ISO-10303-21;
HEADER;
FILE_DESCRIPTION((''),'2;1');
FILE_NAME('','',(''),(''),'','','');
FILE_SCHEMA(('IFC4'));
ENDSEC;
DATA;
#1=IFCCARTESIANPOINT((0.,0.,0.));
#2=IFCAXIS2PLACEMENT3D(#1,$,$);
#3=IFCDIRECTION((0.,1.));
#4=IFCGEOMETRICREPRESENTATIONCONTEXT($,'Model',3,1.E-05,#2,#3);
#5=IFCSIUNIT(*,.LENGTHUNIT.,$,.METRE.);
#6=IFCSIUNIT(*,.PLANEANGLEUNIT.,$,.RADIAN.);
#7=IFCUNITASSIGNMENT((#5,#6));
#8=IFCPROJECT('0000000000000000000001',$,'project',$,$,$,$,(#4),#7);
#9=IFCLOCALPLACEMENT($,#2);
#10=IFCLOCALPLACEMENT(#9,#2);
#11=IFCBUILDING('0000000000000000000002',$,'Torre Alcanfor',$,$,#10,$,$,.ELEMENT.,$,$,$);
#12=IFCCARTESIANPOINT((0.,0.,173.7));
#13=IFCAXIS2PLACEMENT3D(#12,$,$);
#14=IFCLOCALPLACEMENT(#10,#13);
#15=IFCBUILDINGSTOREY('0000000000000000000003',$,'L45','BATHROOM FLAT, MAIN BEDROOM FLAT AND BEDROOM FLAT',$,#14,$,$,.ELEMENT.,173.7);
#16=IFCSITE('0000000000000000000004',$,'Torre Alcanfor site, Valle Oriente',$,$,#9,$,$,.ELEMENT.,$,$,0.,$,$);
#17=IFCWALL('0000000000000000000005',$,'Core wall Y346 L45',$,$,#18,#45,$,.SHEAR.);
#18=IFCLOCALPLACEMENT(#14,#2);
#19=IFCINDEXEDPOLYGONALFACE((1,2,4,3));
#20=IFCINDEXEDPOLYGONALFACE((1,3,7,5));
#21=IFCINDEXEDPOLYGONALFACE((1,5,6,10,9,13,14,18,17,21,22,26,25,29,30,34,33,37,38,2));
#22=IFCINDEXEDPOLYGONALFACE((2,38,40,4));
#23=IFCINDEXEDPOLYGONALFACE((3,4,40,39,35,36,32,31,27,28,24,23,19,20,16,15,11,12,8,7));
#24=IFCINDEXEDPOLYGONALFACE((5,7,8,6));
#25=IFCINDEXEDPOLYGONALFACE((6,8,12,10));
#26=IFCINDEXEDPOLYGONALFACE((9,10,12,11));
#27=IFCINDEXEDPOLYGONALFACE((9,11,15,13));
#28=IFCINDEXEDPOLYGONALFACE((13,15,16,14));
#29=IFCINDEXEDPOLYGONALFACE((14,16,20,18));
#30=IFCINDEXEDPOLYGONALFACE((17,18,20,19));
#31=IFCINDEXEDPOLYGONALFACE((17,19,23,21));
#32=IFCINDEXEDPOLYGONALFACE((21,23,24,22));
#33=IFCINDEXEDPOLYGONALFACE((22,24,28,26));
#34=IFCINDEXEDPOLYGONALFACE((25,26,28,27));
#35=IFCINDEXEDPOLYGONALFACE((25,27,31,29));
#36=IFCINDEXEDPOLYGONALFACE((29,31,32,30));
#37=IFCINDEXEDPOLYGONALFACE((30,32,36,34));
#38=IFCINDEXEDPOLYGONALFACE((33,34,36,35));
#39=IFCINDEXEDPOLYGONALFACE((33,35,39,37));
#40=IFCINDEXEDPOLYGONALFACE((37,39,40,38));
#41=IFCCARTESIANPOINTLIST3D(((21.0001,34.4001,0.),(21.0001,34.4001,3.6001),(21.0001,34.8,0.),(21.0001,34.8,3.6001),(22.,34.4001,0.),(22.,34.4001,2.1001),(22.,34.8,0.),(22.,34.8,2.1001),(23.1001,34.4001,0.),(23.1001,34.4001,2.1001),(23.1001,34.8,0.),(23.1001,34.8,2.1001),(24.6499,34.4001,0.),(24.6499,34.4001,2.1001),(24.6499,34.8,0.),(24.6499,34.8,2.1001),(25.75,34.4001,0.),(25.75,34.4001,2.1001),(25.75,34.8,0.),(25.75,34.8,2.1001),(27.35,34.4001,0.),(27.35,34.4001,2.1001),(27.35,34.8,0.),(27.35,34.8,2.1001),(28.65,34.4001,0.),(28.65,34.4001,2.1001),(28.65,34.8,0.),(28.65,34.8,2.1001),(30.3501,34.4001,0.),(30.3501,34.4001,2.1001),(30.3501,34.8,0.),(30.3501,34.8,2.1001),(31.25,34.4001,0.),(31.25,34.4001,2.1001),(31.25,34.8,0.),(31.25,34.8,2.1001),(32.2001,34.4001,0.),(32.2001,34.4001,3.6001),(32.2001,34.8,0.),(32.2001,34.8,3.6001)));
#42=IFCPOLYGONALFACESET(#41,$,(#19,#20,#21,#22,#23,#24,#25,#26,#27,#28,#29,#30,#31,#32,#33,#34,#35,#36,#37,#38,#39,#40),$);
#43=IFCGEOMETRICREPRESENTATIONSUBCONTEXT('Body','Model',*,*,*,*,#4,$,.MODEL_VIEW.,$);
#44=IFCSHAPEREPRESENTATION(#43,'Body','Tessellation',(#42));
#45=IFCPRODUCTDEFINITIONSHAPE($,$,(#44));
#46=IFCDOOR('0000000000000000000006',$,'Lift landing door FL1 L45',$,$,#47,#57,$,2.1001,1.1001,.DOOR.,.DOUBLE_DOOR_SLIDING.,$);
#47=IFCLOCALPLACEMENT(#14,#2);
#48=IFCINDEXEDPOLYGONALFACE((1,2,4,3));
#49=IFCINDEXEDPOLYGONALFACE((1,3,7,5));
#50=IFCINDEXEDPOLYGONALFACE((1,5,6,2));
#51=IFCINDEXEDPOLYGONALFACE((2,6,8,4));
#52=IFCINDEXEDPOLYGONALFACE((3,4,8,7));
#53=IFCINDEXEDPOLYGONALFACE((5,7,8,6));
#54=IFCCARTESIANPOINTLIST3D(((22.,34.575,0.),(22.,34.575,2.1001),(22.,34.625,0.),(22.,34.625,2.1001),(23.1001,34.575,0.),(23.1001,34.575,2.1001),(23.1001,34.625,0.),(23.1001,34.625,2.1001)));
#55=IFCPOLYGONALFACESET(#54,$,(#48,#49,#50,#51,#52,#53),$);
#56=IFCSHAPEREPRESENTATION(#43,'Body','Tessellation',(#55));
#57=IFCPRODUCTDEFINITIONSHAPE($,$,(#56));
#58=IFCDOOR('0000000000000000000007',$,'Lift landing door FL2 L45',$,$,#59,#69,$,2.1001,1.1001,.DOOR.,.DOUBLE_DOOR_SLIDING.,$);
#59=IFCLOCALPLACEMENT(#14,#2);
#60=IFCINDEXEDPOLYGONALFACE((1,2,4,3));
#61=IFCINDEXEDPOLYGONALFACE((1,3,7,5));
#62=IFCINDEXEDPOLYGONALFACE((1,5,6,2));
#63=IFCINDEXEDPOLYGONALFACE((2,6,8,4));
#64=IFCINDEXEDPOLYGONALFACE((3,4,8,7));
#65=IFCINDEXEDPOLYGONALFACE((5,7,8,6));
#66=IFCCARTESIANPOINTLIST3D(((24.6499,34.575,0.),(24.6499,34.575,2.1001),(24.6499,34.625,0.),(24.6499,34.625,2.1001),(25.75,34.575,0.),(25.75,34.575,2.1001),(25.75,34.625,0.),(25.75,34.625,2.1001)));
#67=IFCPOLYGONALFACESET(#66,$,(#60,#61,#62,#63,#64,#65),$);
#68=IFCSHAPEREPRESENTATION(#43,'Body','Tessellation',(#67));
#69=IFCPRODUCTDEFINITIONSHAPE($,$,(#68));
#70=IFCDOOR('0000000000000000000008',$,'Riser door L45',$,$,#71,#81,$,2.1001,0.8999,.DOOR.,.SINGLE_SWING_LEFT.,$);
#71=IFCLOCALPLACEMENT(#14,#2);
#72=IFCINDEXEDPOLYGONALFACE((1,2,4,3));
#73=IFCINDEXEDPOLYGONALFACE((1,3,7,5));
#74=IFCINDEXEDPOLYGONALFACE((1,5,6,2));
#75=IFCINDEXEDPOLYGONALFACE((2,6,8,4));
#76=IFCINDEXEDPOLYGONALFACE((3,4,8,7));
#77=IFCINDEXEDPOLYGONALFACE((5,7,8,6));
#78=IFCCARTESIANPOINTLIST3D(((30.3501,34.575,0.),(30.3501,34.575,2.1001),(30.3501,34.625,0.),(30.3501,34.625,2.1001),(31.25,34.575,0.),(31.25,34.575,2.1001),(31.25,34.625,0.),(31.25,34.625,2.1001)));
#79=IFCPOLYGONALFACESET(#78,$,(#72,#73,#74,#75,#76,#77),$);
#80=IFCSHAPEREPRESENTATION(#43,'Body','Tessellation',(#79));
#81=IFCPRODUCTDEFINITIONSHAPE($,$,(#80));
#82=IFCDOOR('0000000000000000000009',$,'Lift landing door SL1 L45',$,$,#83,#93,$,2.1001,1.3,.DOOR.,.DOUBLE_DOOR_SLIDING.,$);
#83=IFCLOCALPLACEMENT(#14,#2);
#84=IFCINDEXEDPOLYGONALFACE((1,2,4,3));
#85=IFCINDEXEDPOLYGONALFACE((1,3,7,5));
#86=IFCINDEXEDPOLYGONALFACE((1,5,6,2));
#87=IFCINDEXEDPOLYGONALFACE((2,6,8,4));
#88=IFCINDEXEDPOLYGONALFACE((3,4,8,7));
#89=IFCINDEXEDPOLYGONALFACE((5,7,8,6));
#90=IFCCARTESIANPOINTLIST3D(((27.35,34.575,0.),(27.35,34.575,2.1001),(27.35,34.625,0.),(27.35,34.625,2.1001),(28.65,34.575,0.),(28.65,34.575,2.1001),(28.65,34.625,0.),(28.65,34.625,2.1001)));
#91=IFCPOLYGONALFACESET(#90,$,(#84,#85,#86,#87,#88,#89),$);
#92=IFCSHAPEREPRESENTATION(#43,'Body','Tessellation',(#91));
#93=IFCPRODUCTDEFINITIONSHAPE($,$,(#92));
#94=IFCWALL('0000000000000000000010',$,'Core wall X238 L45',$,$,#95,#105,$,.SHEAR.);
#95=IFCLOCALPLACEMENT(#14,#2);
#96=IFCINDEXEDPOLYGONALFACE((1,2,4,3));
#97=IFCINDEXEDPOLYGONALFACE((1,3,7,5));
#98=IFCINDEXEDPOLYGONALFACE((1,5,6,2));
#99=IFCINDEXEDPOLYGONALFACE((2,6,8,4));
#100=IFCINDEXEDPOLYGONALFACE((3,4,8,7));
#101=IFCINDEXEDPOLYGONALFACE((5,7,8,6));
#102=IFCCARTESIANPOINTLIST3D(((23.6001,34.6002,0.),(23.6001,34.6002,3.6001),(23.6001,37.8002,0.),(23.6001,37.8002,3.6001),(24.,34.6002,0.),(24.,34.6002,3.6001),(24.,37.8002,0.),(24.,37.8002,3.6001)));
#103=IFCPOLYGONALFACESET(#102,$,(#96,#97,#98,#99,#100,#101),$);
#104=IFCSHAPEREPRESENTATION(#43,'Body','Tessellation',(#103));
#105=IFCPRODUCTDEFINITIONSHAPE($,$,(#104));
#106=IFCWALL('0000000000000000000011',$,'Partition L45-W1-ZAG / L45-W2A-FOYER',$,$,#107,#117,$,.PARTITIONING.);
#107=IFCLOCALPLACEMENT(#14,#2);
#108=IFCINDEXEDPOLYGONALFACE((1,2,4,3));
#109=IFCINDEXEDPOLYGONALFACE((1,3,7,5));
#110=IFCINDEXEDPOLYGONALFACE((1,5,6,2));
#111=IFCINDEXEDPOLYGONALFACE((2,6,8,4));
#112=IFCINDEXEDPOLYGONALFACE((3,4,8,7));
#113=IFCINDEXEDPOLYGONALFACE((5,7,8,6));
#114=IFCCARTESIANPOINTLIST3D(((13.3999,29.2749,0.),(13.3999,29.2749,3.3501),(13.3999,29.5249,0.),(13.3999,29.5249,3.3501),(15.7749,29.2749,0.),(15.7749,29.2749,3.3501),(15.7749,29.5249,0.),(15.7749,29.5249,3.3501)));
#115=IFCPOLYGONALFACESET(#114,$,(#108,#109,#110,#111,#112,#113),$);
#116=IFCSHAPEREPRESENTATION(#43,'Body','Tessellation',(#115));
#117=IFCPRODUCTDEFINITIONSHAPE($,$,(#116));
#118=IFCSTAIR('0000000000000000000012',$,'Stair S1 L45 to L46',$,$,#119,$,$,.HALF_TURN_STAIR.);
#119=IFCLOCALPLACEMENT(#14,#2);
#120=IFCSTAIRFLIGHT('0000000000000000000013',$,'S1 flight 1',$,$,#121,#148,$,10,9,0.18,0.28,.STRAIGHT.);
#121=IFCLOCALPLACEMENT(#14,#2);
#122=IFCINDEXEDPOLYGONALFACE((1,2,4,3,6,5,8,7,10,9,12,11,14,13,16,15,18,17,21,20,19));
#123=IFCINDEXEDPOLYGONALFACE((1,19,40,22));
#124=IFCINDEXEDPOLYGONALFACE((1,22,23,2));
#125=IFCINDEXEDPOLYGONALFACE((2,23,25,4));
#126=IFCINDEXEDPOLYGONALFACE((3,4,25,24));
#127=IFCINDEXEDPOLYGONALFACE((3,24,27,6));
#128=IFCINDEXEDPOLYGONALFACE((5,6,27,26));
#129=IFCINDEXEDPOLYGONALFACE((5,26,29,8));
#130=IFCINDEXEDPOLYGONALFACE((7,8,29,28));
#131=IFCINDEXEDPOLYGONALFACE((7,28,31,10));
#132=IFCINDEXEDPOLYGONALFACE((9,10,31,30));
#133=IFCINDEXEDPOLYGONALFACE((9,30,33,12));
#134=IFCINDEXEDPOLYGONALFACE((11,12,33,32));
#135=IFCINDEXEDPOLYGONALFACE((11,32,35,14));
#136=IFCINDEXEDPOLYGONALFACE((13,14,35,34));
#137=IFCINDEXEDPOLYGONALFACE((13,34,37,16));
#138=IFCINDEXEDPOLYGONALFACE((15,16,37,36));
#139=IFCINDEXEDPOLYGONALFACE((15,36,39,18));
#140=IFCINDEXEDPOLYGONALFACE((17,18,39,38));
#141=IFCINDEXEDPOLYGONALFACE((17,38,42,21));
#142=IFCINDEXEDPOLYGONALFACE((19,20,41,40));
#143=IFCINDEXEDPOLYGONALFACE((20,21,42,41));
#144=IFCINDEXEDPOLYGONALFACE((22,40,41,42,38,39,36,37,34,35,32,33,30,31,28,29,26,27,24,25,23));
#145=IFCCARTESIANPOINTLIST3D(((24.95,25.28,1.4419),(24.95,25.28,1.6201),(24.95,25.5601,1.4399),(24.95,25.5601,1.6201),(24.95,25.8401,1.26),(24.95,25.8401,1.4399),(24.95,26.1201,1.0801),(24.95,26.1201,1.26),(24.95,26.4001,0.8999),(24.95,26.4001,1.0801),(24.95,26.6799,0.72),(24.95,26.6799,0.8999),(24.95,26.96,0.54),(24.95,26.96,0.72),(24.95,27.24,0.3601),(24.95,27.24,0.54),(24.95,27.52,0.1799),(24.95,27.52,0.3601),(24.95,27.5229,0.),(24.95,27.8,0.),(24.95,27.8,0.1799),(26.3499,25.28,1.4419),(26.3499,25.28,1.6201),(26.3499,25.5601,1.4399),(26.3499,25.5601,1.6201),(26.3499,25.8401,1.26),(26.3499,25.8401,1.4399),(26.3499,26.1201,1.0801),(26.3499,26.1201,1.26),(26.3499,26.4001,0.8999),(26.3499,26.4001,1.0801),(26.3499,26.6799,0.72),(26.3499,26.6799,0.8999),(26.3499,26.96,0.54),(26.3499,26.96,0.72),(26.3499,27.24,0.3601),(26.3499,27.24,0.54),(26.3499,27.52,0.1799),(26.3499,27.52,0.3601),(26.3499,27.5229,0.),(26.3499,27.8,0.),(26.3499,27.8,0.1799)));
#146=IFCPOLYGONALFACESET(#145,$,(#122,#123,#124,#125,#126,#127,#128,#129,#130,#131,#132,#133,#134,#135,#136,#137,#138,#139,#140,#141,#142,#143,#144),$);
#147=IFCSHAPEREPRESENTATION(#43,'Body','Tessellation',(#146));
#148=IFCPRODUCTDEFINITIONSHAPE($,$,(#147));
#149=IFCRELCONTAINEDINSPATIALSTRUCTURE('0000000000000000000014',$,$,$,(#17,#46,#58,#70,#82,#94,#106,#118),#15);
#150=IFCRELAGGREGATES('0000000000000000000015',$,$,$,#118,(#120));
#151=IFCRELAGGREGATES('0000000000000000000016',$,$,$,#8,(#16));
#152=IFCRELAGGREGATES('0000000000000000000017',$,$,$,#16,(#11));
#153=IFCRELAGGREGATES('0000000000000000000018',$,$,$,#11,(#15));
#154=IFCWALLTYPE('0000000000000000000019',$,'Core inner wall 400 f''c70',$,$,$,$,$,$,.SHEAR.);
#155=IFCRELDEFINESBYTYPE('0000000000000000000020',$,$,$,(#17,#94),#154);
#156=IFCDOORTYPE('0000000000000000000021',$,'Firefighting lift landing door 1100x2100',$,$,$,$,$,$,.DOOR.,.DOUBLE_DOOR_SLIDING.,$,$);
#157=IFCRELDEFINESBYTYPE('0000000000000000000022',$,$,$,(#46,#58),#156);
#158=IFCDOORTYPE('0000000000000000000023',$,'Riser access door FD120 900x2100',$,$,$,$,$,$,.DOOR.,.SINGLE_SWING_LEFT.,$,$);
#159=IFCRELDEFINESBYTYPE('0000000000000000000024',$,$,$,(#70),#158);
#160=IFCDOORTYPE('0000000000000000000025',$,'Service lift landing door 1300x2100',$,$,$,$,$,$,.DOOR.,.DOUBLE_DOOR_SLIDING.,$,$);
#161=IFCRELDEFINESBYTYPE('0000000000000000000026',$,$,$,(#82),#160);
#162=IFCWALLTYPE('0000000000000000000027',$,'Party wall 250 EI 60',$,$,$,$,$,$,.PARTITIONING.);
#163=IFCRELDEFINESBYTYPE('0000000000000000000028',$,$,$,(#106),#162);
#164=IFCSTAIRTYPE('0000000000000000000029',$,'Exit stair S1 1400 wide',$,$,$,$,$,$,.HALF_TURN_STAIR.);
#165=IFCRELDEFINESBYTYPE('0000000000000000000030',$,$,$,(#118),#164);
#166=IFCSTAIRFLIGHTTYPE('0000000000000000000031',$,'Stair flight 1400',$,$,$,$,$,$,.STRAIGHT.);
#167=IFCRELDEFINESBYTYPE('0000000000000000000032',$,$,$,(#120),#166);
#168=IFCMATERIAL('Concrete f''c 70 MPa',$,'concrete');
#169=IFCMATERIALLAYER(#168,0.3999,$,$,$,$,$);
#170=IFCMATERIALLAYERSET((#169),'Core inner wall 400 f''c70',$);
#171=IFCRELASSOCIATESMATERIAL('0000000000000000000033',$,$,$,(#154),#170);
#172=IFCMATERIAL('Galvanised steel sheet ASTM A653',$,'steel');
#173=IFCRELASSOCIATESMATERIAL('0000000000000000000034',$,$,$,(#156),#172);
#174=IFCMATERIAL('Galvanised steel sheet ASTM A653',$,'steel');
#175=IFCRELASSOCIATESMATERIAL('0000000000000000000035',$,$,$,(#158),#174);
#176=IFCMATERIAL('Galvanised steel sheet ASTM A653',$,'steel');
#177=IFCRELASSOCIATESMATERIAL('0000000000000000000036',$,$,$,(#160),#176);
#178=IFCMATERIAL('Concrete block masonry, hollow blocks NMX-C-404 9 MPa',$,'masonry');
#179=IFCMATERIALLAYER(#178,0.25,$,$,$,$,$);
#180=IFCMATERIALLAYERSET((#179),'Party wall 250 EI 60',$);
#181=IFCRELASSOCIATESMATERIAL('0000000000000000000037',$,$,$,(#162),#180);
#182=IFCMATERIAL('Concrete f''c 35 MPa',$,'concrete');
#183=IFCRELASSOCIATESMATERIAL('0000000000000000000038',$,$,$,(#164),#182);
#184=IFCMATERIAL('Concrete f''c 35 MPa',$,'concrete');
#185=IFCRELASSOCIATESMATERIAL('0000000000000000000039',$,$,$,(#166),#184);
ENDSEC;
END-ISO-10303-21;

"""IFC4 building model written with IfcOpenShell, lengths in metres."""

from ifc_helpers import new_model, si_unit, direction, frame, frame_2d, origin, place, context, subcontext, project, spatial, polyline, rectangle, outline, extrude, material, layer, layer_set, type_object, element, fill, aggregate, save


model = new_model("IFC4")

# Units and contexts
model_context = context("Model", 3, precision=1e-05, world=origin(), true_north=direction((0.0, 1.0)))
body_context = subcontext(model_context, "Body", "Model", "MODEL_VIEW")
ifc_project = project(units=[si_unit("LENGTHUNIT", "METRE"), si_unit("PLANEANGLEUNIT", "RADIAN")], contexts=[model_context])

# Site, building, storey
site_placement = place(None, origin())
site = spatial("IfcSite", under=ifc_project, at=site_placement, Name="Torre Alcanfor site, Valle Oriente", CompositionType="ELEMENT", RefElevation=0.0)
building_placement = place(site_placement, origin())
building = spatial("IfcBuilding", under=site, at=building_placement, Name="Torre Alcanfor", CompositionType="ELEMENT")
storey_placement = place(building_placement, frame((0.0, 0.0, 173.7)))
storey = spatial("IfcBuildingStorey", under=building, at=storey_placement, Name="L45", Description="BATHROOM FLAT, MAIN BEDROOM FLAT AND BEDROOM FLAT", CompositionType="ELEMENT", Elevation=173.7)

# Shared definitions
ifc_material_1 = material(Name="Concrete f'c 70 MPa", Category="concrete")
ifc_layer_1 = layer(ifc_material_1, 0.3999)
ifc_layer_set_1 = layer_set([ifc_layer_1], Name="Core inner wall 400 f'c70")
wall_type_1 = type_object("IfcWallType", Name="Core inner wall 400 f'c70", PredefinedType="SHEAR", material=ifc_layer_set_1)

# Wall, openings, doors
wall_1_placement = place(storey_placement, frame((21.0, 34.6001, 0.0), z_axis=(0.0, 0.0, 1.0), x_axis=(1.0, 0.0, 0.0)))
wall_1 = element("IfcWall", 1, at=wall_1_placement, inside=storey, type_object=wall_type_1, Name="Core wall Y346 L45", PredefinedType="SHEAR", context=body_context, shape_type="SweptSolid", body=[
    extrude(rectangle(XDim=11.2, YDim=0.3999, at=frame_2d((5.6001, 0.0))), origin(), (0.0, 0.0, 1.0), 3.6001),
])
opening_1_placement = place(wall_1_placement, frame((9.3501, 0.0, 0.0)))
opening_1 = element("IfcOpeningElement", 2, at=opening_1_placement, cuts=wall_1, PredefinedType="OPENING", context=body_context, shape_type="SweptSolid", body=[
    extrude(rectangle(XDim=0.8999, YDim=2.1001, at=frame_2d((0.45, 1.05))), frame((0.0, 0.21, 0.0), z_axis=(0.0, -1.0, 0.0), x_axis=(1.0, 0.0, 0.0)), (0.0, 0.0, 1.0), 0.4199),
])
opening_2_placement = place(wall_1_placement, frame((1.0, 0.0, 0.0)))
opening_2 = element("IfcOpeningElement", 3, at=opening_2_placement, cuts=wall_1, PredefinedType="OPENING", context=body_context, shape_type="SweptSolid", body=[
    extrude(rectangle(XDim=1.1001, YDim=2.1001, at=frame_2d((0.55, 1.05))), frame((0.0, 0.21, 0.0), z_axis=(0.0, -1.0, 0.0), x_axis=(1.0, 0.0, 0.0)), (0.0, 0.0, 1.0), 0.4199),
])
opening_3_placement = place(wall_1_placement, frame((3.6499, 0.0, 0.0)))
opening_3 = element("IfcOpeningElement", 4, at=opening_3_placement, cuts=wall_1, PredefinedType="OPENING", context=body_context, shape_type="SweptSolid", body=[
    extrude(rectangle(XDim=1.1001, YDim=2.1001, at=frame_2d((0.55, 1.05))), frame((0.0, 0.21, 0.0), z_axis=(0.0, -1.0, 0.0), x_axis=(1.0, 0.0, 0.0)), (0.0, 0.0, 1.0), 0.4199),
])
opening_4_placement = place(wall_1_placement, frame((6.3501, 0.0, 0.0)))
opening_4 = element("IfcOpeningElement", 5, at=opening_4_placement, cuts=wall_1, PredefinedType="OPENING", context=body_context, shape_type="SweptSolid", body=[
    extrude(rectangle(XDim=1.3, YDim=2.1001, at=frame_2d((0.6499, 1.05))), frame((0.0, 0.21, 0.0), z_axis=(0.0, -1.0, 0.0), x_axis=(1.0, 0.0, 0.0)), (0.0, 0.0, 1.0), 0.4199),
])
ifc_material_2 = material(Name="Galvanised steel sheet ASTM A653", Category="steel")
door_type_1 = type_object("IfcDoorType", Name="Firefighting lift landing door 1100x2100", OperationType="DOUBLE_DOOR_SLIDING", PredefinedType="DOOR", material=ifc_material_2)
door_1_placement = place(opening_2_placement, origin())
door_1 = element("IfcDoor", 6, at=door_1_placement, inside=storey, type_object=door_type_1, Name="Lift landing door FL1 L45", OperationType="DOUBLE_DOOR_SLIDING", OverallHeight=2.1001, OverallWidth=1.1001, PredefinedType="DOOR", context=body_context, shape_type="SweptSolid", body=[
    extrude(rectangle(XDim=1.1001, YDim=2.1001, at=frame_2d((0.55, 1.05))), frame((0.0, 0.0249, 0.0), z_axis=(0.0, -1.0, 0.0), x_axis=(1.0, 0.0, 0.0)), (0.0, 0.0, 1.0), 0.05),
])
fill(opening_2, door_1)
door_2_placement = place(opening_3_placement, origin())
door_2 = element("IfcDoor", 7, at=door_2_placement, inside=storey, type_object=door_type_1, Name="Lift landing door FL2 L45", OperationType="DOUBLE_DOOR_SLIDING", OverallHeight=2.1001, OverallWidth=1.1001, PredefinedType="DOOR", context=body_context, shape_type="SweptSolid", body=[
    extrude(rectangle(XDim=1.1001, YDim=2.1001, at=frame_2d((0.55, 1.05))), frame((0.0, 0.0249, 0.0), z_axis=(0.0, -1.0, 0.0), x_axis=(1.0, 0.0, 0.0)), (0.0, 0.0, 1.0), 0.05),
])
fill(opening_3, door_2)
ifc_material_3 = material(Name="Galvanised steel sheet ASTM A653", Category="steel")
door_type_2 = type_object("IfcDoorType", Name="Riser access door FD120 900x2100", OperationType="SINGLE_SWING_LEFT", PredefinedType="DOOR", material=ifc_material_3)
door_3_placement = place(opening_1_placement, origin())
door_3 = element("IfcDoor", 8, at=door_3_placement, inside=storey, type_object=door_type_2, Name="Riser door L45", OperationType="SINGLE_SWING_LEFT", OverallHeight=2.1001, OverallWidth=0.8999, PredefinedType="DOOR", context=body_context, shape_type="SweptSolid", body=[
    extrude(rectangle(XDim=0.8999, YDim=2.1001, at=frame_2d((0.45, 1.05))), frame((0.0, 0.0249, 0.0), z_axis=(0.0, -1.0, 0.0), x_axis=(1.0, 0.0, 0.0)), (0.0, 0.0, 1.0), 0.05),
])
fill(opening_1, door_3)
ifc_material_4 = material(Name="Galvanised steel sheet ASTM A653", Category="steel")
door_type_3 = type_object("IfcDoorType", Name="Service lift landing door 1300x2100", OperationType="DOUBLE_DOOR_SLIDING", PredefinedType="DOOR", material=ifc_material_4)
door_4_placement = place(opening_4_placement, origin())
door_4 = element("IfcDoor", 9, at=door_4_placement, inside=storey, type_object=door_type_3, Name="Lift landing door SL1 L45", OperationType="DOUBLE_DOOR_SLIDING", OverallHeight=2.1001, OverallWidth=1.3, PredefinedType="DOOR", context=body_context, shape_type="SweptSolid", body=[
    extrude(rectangle(XDim=1.3, YDim=2.1001, at=frame_2d((0.6499, 1.05))), frame((0.0, 0.0249, 0.0), z_axis=(0.0, -1.0, 0.0), x_axis=(1.0, 0.0, 0.0)), (0.0, 0.0, 1.0), 0.05),
])
fill(opening_4, door_4)

# Walls
wall_2_placement = place(storey_placement, frame((23.8, 34.6001, 0.0), z_axis=(0.0, 0.0, 1.0), x_axis=(0.0, 1.0, 0.0)))
element("IfcWall", 10, at=wall_2_placement, inside=storey, type_object=wall_type_1, Name="Core wall X238 L45", PredefinedType="SHEAR", context=body_context, shape_type="SweptSolid", body=[
    extrude(rectangle(XDim=3.2, YDim=0.3999, at=frame_2d((1.6001, 0.0))), origin(), (0.0, 0.0, 1.0), 3.6001),
])
ifc_material_5 = material(Name="Concrete block masonry, hollow blocks NMX-C-404 9 MPa", Category="masonry")
ifc_layer_2 = layer(ifc_material_5, 0.25)
ifc_layer_set_2 = layer_set([ifc_layer_2], Name="Party wall 250 EI 60")
wall_type_2 = type_object("IfcWallType", Name="Party wall 250 EI 60", PredefinedType="PARTITIONING", material=ifc_layer_set_2)
wall_3_placement = place(storey_placement, frame((15.7749, 29.3999, 0.0), z_axis=(0.0, 0.0, 1.0), x_axis=(-1.0, 0.0, 0.0)))
element("IfcWall", 11, at=wall_3_placement, inside=storey, type_object=wall_type_2, Name="Partition L45-W1-ZAG / L45-W2A-FOYER", PredefinedType="PARTITIONING", context=body_context, shape_type="SweptSolid", body=[
    extrude(rectangle(XDim=2.375, YDim=0.25, at=frame_2d((1.1875, 0.0))), origin(), (0.0, 0.0, 1.0), 3.3501),
])

# Stair, stair flight
ifc_material_6 = material(Name="Concrete f'c 35 MPa", Category="concrete")
stair_type = type_object("IfcStairType", Name="Exit stair S1 1400 wide", PredefinedType="HALF_TURN_STAIR", material=ifc_material_6)
stair_placement = place(storey_placement, origin())
stair = element("IfcStair", 12, at=stair_placement, inside=storey, type_object=stair_type, Name="Stair S1 L45 to L46", PredefinedType="HALF_TURN_STAIR")
ifc_material_7 = material(Name="Concrete f'c 35 MPa", Category="concrete")
stair_flight_type = type_object("IfcStairFlightType", Name="Stair flight 1400", PredefinedType="STRAIGHT", material=ifc_material_7)
stair_flight_placement = place(storey_placement, frame((25.6499, 27.8, 0.0), z_axis=(0.0, 0.0, 1.0), x_axis=(0.0, -1.0, 0.0)))
stair_flight = element("IfcStairFlight", 13, at=stair_flight_placement, type_object=stair_flight_type, Name="S1 flight 1", NumberOfRisers=10, NumberOfTreads=9, PredefinedType="STRAIGHT", RiserHeight=0.18, TreadLength=0.28, context=body_context, shape_type="SweptSolid", body=[
    extrude(outline(polyline([(0.0, 0.0), (0.0, 0.1799), (0.28, 0.1799), (0.28, 0.3601), (0.5601, 0.3601), (0.5601, 0.54), (0.8401, 0.54), (0.8401, 0.72), (1.1201, 0.72), (1.1201, 0.8999), (1.3999, 0.8999), (1.3999, 1.0801), (1.6799, 1.0801), (1.6799, 1.26), (1.96, 1.26), (1.96, 1.4399), (2.24, 1.4399), (2.24, 1.6201), (2.52, 1.6201), (2.52, 1.8), (2.52, 1.4419), (0.2771, 0.0), (0.0, 0.0)])), frame((0.0, 0.7, 0.0), z_axis=(0.0, -1.0, 0.0), x_axis=(1.0, 0.0, 0.0)), (0.0, 0.0, 1.0), 1.3999),
])
aggregate(stair, [stair_flight])

save(model, "model.ifc")
